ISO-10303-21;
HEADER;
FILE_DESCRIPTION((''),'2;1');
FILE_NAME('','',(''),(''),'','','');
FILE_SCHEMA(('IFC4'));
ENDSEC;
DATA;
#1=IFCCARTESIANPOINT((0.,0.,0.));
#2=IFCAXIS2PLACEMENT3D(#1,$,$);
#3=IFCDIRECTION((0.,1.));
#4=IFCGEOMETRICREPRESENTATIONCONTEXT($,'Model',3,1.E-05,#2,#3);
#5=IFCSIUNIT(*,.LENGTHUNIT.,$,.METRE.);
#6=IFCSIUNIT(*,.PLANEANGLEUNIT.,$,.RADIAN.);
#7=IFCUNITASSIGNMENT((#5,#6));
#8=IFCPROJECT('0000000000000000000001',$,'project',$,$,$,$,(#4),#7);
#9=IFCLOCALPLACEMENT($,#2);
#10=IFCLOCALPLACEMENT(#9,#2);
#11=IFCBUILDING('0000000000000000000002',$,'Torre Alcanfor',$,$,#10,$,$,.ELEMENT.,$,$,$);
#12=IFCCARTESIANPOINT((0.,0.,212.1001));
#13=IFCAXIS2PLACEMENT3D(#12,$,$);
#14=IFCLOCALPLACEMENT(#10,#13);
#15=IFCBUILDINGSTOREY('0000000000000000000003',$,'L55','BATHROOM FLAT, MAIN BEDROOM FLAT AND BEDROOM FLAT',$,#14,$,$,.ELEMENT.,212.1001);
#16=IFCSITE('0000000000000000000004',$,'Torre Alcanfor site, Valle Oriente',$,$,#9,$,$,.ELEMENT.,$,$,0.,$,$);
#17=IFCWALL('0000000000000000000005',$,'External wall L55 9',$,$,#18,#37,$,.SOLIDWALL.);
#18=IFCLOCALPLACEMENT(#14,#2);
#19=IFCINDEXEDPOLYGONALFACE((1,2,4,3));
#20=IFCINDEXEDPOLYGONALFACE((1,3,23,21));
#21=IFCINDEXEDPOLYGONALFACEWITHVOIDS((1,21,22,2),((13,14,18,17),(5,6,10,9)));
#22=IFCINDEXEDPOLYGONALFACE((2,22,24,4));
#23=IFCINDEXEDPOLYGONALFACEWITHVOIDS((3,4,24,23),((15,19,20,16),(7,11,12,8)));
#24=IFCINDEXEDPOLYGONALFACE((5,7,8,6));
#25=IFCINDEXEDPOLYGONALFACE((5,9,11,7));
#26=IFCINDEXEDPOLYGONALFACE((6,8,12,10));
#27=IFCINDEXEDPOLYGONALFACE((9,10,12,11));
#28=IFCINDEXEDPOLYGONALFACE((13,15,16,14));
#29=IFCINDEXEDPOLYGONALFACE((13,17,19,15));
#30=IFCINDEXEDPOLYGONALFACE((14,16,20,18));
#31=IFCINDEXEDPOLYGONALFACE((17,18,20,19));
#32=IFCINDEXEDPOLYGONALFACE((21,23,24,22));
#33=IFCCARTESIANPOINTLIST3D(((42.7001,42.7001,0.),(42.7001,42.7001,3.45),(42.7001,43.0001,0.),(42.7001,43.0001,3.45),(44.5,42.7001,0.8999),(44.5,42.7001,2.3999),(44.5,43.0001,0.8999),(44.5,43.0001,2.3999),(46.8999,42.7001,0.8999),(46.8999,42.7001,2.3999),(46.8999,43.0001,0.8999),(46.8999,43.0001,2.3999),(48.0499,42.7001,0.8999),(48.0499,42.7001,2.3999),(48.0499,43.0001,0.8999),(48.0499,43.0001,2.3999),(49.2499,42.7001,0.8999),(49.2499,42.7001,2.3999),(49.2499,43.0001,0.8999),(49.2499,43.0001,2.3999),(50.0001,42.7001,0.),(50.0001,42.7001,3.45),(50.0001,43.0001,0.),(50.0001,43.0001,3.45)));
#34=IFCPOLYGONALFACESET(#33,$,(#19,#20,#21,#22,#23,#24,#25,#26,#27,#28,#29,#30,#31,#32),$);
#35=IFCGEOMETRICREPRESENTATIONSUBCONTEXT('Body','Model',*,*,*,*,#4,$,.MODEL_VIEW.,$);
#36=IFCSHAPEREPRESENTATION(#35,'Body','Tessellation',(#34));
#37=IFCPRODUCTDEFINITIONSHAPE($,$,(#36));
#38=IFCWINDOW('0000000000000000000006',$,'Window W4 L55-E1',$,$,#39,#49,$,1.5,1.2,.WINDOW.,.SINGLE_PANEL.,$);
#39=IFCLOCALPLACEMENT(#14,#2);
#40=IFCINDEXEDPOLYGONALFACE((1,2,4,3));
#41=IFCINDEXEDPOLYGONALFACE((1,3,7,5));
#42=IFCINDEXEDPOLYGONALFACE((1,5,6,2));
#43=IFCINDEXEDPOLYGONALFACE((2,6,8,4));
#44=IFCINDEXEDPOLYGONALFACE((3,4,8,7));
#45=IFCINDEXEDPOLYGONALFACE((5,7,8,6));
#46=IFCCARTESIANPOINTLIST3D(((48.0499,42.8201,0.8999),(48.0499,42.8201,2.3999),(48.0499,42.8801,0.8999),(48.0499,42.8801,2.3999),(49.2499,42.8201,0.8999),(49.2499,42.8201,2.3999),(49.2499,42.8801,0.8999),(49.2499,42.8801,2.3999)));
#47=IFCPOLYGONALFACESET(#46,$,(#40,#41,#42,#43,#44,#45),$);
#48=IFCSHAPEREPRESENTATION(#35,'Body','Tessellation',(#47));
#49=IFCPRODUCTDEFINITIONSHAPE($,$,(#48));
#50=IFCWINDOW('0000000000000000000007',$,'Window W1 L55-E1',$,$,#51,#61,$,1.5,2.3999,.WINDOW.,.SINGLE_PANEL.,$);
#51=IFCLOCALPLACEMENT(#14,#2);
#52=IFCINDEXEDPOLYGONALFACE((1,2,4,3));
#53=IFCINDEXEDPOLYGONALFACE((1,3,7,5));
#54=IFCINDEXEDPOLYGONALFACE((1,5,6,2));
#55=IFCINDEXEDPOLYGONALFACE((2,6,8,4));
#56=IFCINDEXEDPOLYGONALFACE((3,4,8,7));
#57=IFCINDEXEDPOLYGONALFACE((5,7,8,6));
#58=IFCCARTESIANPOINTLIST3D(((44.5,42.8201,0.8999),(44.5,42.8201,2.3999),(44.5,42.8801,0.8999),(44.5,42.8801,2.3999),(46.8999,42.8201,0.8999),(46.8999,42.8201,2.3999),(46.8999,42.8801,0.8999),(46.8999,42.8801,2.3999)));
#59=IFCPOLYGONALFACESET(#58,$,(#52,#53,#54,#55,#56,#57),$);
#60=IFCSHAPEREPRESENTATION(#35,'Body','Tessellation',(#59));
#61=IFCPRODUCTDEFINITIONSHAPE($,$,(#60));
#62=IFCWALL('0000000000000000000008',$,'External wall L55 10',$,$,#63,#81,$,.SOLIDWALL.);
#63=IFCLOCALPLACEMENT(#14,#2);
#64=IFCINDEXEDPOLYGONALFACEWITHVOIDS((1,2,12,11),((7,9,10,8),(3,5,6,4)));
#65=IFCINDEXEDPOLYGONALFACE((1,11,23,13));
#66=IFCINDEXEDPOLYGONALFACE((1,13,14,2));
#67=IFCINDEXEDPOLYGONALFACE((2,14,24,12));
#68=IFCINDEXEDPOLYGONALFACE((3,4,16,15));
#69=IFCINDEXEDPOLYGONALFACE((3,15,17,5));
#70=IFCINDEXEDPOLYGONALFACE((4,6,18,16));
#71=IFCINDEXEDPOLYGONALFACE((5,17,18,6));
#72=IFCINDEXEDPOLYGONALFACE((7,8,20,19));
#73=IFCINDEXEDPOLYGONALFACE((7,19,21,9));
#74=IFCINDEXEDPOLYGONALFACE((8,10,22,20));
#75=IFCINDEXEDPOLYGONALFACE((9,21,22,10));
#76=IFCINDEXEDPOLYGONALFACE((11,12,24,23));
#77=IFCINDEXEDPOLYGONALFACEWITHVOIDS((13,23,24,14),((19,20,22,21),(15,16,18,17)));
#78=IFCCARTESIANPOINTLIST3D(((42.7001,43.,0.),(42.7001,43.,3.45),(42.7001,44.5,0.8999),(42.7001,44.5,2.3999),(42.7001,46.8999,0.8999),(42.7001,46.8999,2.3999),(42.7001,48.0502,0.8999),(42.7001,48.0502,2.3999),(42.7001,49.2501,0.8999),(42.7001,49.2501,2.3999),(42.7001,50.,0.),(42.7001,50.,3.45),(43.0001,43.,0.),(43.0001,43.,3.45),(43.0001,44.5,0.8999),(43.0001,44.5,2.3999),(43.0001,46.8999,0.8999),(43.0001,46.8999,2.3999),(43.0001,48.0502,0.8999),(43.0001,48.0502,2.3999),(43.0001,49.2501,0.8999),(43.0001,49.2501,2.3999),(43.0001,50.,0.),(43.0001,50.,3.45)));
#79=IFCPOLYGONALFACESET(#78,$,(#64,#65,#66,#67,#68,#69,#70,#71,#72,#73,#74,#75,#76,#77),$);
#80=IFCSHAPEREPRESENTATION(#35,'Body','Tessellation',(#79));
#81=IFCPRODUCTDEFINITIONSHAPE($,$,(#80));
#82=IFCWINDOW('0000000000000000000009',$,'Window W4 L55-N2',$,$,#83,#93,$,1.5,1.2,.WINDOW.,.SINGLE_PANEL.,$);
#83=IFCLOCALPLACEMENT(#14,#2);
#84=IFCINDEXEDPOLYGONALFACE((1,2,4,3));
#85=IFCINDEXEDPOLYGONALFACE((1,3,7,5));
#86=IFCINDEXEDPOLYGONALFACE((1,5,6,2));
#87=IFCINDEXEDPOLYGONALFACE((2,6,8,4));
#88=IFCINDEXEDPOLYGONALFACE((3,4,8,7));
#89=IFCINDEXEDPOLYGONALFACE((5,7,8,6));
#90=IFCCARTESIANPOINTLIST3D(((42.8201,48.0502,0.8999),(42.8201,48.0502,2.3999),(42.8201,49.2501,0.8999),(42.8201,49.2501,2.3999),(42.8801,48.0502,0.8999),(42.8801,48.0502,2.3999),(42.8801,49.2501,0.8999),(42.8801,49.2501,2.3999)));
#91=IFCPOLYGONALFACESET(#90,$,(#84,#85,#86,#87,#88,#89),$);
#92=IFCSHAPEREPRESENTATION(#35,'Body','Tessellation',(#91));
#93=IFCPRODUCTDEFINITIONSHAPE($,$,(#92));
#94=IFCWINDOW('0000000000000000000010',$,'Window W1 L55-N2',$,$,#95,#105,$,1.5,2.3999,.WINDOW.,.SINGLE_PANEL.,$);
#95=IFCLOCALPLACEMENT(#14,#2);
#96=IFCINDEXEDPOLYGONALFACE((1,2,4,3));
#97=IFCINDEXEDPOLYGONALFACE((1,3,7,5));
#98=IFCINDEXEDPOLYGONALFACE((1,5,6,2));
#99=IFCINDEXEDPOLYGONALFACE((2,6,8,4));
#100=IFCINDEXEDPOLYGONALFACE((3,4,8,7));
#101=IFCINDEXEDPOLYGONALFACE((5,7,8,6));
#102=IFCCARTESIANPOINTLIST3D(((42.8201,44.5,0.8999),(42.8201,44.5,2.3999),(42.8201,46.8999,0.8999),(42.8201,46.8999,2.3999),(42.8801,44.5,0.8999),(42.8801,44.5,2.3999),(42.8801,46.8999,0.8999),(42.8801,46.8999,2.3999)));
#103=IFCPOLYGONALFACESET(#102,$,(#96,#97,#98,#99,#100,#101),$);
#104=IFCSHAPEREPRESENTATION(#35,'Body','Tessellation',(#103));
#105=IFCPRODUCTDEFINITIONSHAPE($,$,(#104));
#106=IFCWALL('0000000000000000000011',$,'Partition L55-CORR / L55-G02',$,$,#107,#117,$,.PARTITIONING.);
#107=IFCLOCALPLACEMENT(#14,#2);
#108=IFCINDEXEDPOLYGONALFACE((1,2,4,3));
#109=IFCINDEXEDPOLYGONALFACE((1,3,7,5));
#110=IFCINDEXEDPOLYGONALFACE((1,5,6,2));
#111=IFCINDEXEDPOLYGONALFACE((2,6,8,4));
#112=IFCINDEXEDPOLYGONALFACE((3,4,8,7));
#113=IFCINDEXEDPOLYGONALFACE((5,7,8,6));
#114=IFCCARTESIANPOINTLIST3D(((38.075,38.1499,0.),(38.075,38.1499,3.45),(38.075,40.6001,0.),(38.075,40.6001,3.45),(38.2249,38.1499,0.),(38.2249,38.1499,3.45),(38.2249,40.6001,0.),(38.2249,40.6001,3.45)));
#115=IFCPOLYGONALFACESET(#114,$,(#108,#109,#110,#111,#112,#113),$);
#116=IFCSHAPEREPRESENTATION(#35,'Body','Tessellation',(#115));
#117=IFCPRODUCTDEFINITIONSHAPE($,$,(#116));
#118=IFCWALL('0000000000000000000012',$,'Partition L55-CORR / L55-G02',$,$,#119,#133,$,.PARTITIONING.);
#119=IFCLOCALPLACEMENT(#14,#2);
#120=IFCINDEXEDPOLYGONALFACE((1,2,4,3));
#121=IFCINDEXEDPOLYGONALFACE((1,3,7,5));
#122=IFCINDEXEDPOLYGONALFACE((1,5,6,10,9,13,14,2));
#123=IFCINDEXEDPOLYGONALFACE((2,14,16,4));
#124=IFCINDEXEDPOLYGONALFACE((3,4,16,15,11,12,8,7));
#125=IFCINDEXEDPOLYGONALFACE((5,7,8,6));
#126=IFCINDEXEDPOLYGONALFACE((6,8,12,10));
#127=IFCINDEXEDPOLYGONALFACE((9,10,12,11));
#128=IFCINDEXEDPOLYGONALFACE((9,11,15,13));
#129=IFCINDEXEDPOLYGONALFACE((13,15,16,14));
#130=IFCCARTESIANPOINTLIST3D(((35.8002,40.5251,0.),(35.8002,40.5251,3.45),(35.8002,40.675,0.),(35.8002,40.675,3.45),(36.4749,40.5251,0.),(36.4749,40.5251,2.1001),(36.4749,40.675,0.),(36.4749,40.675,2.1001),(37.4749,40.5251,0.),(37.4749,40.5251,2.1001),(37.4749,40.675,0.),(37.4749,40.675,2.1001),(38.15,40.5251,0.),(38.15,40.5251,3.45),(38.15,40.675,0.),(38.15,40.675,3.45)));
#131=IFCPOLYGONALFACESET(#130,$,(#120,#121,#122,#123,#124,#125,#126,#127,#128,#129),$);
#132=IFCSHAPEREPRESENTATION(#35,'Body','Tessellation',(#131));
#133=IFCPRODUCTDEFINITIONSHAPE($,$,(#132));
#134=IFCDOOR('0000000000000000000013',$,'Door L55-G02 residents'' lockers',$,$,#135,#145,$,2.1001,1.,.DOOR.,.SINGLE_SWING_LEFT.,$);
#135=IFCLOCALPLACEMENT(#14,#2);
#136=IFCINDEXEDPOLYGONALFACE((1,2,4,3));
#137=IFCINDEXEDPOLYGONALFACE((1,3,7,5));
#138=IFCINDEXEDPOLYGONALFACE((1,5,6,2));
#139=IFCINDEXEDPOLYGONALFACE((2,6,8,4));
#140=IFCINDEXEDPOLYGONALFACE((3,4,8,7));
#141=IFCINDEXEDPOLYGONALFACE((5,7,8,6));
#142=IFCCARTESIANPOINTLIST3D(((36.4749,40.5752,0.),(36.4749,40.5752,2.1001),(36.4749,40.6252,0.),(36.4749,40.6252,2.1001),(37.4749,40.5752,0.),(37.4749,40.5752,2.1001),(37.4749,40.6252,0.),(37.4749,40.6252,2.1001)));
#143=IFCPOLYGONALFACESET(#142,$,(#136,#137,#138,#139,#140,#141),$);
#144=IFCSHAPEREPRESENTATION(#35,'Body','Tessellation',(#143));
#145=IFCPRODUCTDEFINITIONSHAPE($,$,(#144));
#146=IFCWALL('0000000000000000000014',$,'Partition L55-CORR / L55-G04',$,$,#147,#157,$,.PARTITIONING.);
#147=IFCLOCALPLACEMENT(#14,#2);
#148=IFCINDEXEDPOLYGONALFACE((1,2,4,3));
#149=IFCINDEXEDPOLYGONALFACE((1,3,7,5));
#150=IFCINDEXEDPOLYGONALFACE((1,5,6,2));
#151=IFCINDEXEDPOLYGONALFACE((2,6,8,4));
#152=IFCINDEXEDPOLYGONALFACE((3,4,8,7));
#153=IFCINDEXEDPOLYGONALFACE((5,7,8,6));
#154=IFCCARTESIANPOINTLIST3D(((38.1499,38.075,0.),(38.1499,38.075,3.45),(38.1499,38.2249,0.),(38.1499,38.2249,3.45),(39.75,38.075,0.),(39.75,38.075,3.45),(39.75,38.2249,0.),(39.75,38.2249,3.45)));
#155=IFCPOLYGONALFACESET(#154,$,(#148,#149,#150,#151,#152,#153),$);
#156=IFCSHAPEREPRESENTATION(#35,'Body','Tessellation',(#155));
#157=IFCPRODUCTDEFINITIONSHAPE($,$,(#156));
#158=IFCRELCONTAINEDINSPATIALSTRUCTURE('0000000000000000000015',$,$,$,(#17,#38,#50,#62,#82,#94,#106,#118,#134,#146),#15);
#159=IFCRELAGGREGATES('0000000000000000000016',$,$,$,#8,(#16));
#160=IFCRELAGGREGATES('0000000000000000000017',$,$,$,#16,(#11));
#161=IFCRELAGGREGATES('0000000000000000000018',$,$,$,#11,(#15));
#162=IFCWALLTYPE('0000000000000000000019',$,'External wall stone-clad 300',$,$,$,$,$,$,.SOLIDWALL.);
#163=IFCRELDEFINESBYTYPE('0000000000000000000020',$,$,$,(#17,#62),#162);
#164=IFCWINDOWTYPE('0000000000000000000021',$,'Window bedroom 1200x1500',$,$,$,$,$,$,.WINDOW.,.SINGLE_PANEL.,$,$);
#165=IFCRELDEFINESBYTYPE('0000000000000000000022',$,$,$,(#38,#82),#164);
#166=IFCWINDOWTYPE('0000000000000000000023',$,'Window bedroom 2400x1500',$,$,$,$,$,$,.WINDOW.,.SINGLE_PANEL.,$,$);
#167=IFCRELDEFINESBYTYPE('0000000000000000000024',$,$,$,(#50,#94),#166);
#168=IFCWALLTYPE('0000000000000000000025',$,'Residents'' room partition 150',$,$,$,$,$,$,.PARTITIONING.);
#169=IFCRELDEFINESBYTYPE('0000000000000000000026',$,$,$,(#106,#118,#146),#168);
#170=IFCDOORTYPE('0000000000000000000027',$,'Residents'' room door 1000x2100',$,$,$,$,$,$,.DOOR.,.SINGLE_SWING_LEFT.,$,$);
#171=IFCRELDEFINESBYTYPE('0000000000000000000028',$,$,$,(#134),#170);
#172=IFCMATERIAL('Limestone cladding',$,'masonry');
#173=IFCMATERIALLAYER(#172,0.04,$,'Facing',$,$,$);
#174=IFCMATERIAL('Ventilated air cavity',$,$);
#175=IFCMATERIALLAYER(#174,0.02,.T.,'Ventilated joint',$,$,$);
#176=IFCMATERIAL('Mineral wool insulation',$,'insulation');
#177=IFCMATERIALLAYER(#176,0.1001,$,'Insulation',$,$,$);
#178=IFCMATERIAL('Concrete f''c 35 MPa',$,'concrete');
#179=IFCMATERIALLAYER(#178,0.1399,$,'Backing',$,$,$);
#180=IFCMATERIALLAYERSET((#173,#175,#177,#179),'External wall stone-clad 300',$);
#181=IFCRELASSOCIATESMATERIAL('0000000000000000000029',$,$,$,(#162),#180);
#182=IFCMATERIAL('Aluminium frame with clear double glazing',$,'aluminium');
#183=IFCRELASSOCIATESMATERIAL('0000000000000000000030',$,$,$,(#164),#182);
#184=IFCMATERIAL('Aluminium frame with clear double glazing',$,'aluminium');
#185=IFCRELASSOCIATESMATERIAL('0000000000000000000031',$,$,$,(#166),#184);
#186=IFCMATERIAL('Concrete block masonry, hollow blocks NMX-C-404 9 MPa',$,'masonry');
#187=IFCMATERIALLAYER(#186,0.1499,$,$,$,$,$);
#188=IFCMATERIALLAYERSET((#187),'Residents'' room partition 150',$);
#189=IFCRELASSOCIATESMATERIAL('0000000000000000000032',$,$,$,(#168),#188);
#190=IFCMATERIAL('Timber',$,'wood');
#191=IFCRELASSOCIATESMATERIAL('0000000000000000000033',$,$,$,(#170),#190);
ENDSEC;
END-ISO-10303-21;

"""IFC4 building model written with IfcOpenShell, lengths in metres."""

from ifc_helpers import new_model, si_unit, direction, frame, frame_2d, origin, place, context, subcontext, project, spatial, rectangle, extrude, material, layer, layer_set, type_object, element, fill, save


model = new_model("IFC4")

# Units and contexts
model_context = context("Model", 3, precision=1e-05, world=origin(), true_north=direction((0.0, 1.0)))
body_context = subcontext(model_context, "Body", "Model", "MODEL_VIEW")
ifc_project = project(units=[si_unit("LENGTHUNIT", "METRE"), si_unit("PLANEANGLEUNIT", "RADIAN")], contexts=[model_context])

# Site, building, storey
site_placement = place(None, origin())
site = spatial("IfcSite", under=ifc_project, at=site_placement, Name="Torre Alcanfor site, Valle Oriente", CompositionType="ELEMENT", RefElevation=0.0)
building_placement = place(site_placement, origin())
building = spatial("IfcBuilding", under=site, at=building_placement, Name="Torre Alcanfor", CompositionType="ELEMENT")
storey_placement = place(building_placement, frame((0.0, 0.0, 212.1001)))
storey = spatial("IfcBuildingStorey", under=building, at=storey_placement, Name="L55", Description="BATHROOM FLAT, MAIN BEDROOM FLAT AND BEDROOM FLAT", CompositionType="ELEMENT", Elevation=212.1001)

# Walls, openings, windows
ifc_material_1 = material(Name="Limestone cladding", Category="masonry")
ifc_layer_1 = layer(ifc_material_1, 0.04, Name="Facing")
ifc_material_2 = material(Name="Ventilated air cavity")
ifc_layer_2 = layer(ifc_material_2, 0.02, ventilated=True, Name="Ventilated joint")
ifc_material_3 = material(Name="Mineral wool insulation", Category="insulation")
ifc_layer_3 = layer(ifc_material_3, 0.1001, Name="Insulation")
ifc_material_4 = material(Name="Concrete f'c 35 MPa", Category="concrete")
ifc_layer_4 = layer(ifc_material_4, 0.1399, Name="Backing")
ifc_layer_set_1 = layer_set([ifc_layer_1, ifc_layer_2, ifc_layer_3, ifc_layer_4], Name="External wall stone-clad 300")
wall_type_1 = type_object("IfcWallType", Name="External wall stone-clad 300", PredefinedType="SOLIDWALL", material=ifc_layer_set_1)
wall_1_placement = place(storey_placement, frame((50.0, 42.8501, 0.0), z_axis=(0.0, 0.0, 1.0), x_axis=(-1.0, 0.0, 0.0)))
wall_1 = element("IfcWall", 1, at=wall_1_placement, inside=storey, type_object=wall_type_1, Name="External wall L55 9", PredefinedType="SOLIDWALL", context=body_context, shape_type="SweptSolid", body=[
    extrude(rectangle(XDim=7.3, YDim=0.3, at=frame_2d((3.6499, 0.0))), origin(), (0.0, 0.0, 1.0), 3.45),
])
opening_1_placement = place(wall_1_placement, frame((3.1001, 0.0, 0.8999)))
opening_1 = element("IfcOpeningElement", 2, at=opening_1_placement, cuts=wall_1, PredefinedType="OPENING", context=body_context, shape_type="SweptSolid", body=[
    extrude(rectangle(XDim=2.3999, YDim=1.5, at=frame_2d((1.2, 0.75))), frame((0.0, 0.1599, 0.0), z_axis=(0.0, -1.0, 0.0), x_axis=(1.0, 0.0, 0.0)), (0.0, 0.0, 1.0), 0.3201),
])
opening_2_placement = place(wall_1_placement, frame((0.75, 0.0, 0.8999)))
opening_2 = element("IfcOpeningElement", 3, at=opening_2_placement, cuts=wall_1, PredefinedType="OPENING", context=body_context, shape_type="SweptSolid", body=[
    extrude(rectangle(XDim=1.2, YDim=1.5, at=frame_2d((0.6001, 0.75))), frame((0.0, 0.1599, 0.0), z_axis=(0.0, -1.0, 0.0), x_axis=(1.0, 0.0, 0.0)), (0.0, 0.0, 1.0), 0.3201),
])
ifc_material_5 = material(Name="Aluminium frame with clear double glazing", Category="aluminium")
window_type_1 = type_object("IfcWindowType", Name="Window bedroom 1200x1500", PartitioningType="SINGLE_PANEL", PredefinedType="WINDOW", material=ifc_material_5)
window_1_placement = place(opening_2_placement, origin())
window_1 = element("IfcWindow", 4, at=window_1_placement, inside=storey, type_object=window_type_1, Name="Window W4 L55-E1", OverallHeight=1.5, OverallWidth=1.2, PartitioningType="SINGLE_PANEL", PredefinedType="WINDOW", context=body_context, shape_type="SweptSolid", body=[
    extrude(rectangle(XDim=1.2, YDim=1.5, at=frame_2d((0.6001, 0.75))), frame((0.0, 0.03, 0.0), z_axis=(0.0, -1.0, 0.0), x_axis=(1.0, 0.0, 0.0)), (0.0, 0.0, 1.0), 0.0601),
])
fill(opening_2, window_1)
ifc_material_6 = material(Name="Aluminium frame with clear double glazing", Category="aluminium")
window_type_2 = type_object("IfcWindowType", Name="Window bedroom 2400x1500", PartitioningType="SINGLE_PANEL", PredefinedType="WINDOW", material=ifc_material_6)
window_2_placement = place(opening_1_placement, origin())
window_2 = element("IfcWindow", 5, at=window_2_placement, inside=storey, type_object=window_type_2, Name="Window W1 L55-E1", OverallHeight=1.5, OverallWidth=2.3999, PartitioningType="SINGLE_PANEL", PredefinedType="WINDOW", context=body_context, shape_type="SweptSolid", body=[
    extrude(rectangle(XDim=2.3999, YDim=1.5, at=frame_2d((1.2, 0.75))), frame((0.0, 0.03, 0.0), z_axis=(0.0, -1.0, 0.0), x_axis=(1.0, 0.0, 0.0)), (0.0, 0.0, 1.0), 0.0601),
])
fill(opening_1, window_2)
wall_2_placement = place(storey_placement, frame((42.8501, 43.0, 0.0), z_axis=(0.0, 0.0, 1.0), x_axis=(0.0, 1.0, 0.0)))
wall_2 = element("IfcWall", 6, at=wall_2_placement, inside=storey, type_object=wall_type_1, Name="External wall L55 10", PredefinedType="SOLIDWALL", context=body_context, shape_type="SweptSolid", body=[
    extrude(rectangle(XDim=7.0, YDim=0.3, at=frame_2d((3.5, 0.0))), origin(), (0.0, 0.0, 1.0), 3.45),
])
opening_3_placement = place(wall_2_placement, frame((1.5, 0.0, 0.8999)))
opening_3 = element("IfcOpeningElement", 7, at=opening_3_placement, cuts=wall_2, PredefinedType="OPENING", context=body_context, shape_type="SweptSolid", body=[
    extrude(rectangle(XDim=2.3999, YDim=1.5, at=frame_2d((1.2, 0.75))), frame((0.0, 0.1599, 0.0), z_axis=(0.0, -1.0, 0.0), x_axis=(1.0, 0.0, 0.0)), (0.0, 0.0, 1.0), 0.3201),
])
opening_4_placement = place(wall_2_placement, frame((5.05, 0.0, 0.8999)))
opening_4 = element("IfcOpeningElement", 8, at=opening_4_placement, cuts=wall_2, PredefinedType="OPENING", context=body_context, shape_type="SweptSolid", body=[
    extrude(rectangle(XDim=1.2, YDim=1.5, at=frame_2d((0.6001, 0.75))), frame((0.0, 0.1599, 0.0), z_axis=(0.0, -1.0, 0.0), x_axis=(1.0, 0.0, 0.0)), (0.0, 0.0, 1.0), 0.3201),
])
window_3_placement = place(opening_4_placement, origin())
window_3 = element("IfcWindow", 9, at=window_3_placement, inside=storey, type_object=window_type_1, Name="Window W4 L55-N2", OverallHeight=1.5, OverallWidth=1.2, PartitioningType="SINGLE_PANEL", PredefinedType="WINDOW", context=body_context, shape_type="SweptSolid", body=[
    extrude(rectangle(XDim=1.2, YDim=1.5, at=frame_2d((0.6001, 0.75))), frame((0.0, 0.03, 0.0), z_axis=(0.0, -1.0, 0.0), x_axis=(1.0, 0.0, 0.0)), (0.0, 0.0, 1.0), 0.0601),
])
fill(opening_4, window_3)
window_4_placement = place(opening_3_placement, origin())
window_4 = element("IfcWindow", 10, at=window_4_placement, inside=storey, type_object=window_type_2, Name="Window W1 L55-N2", OverallHeight=1.5, OverallWidth=2.3999, PartitioningType="SINGLE_PANEL", PredefinedType="WINDOW", context=body_context, shape_type="SweptSolid", body=[
    extrude(rectangle(XDim=2.3999, YDim=1.5, at=frame_2d((1.2, 0.75))), frame((0.0, 0.03, 0.0), z_axis=(0.0, -1.0, 0.0), x_axis=(1.0, 0.0, 0.0)), (0.0, 0.0, 1.0), 0.0601),
])
fill(opening_3, window_4)

# Wall
ifc_material_7 = material(Name="Concrete block masonry, hollow blocks NMX-C-404 9 MPa", Category="masonry")
ifc_layer_5 = layer(ifc_material_7, 0.1499)
ifc_layer_set_2 = layer_set([ifc_layer_5], Name="Residents' room partition 150")
wall_type_2 = type_object("IfcWallType", Name="Residents' room partition 150", PredefinedType="PARTITIONING", material=ifc_layer_set_2)
wall_3_placement = place(storey_placement, frame((38.1499, 38.1499, 0.0), z_axis=(0.0, 0.0, 1.0), x_axis=(0.0, 1.0, 0.0)))
element("IfcWall", 11, at=wall_3_placement, inside=storey, type_object=wall_type_2, Name="Partition L55-CORR / L55-G02", PredefinedType="PARTITIONING", context=body_context, shape_type="SweptSolid", body=[
    extrude(rectangle(XDim=2.4502, YDim=0.1499, at=frame_2d((1.2251, 0.0))), origin(), (0.0, 0.0, 1.0), 3.45),
])

# Wall, opening, door
wall_4_placement = place(storey_placement, frame((38.1499, 40.6001, 0.0), z_axis=(0.0, 0.0, 1.0), x_axis=(-1.0, 0.0, 0.0)))
wall_4 = element("IfcWall", 12, at=wall_4_placement, inside=storey, type_object=wall_type_2, Name="Partition L55-CORR / L55-G02", PredefinedType="PARTITIONING", context=body_context, shape_type="SweptSolid", body=[
    extrude(rectangle(XDim=2.3499, YDim=0.1499, at=frame_2d((1.1748, 0.0))), origin(), (0.0, 0.0, 1.0), 3.45),
])
opening_5_placement = place(wall_4_placement, frame((0.675, 0.0, 0.0)))
opening_5 = element("IfcOpeningElement", 13, at=opening_5_placement, cuts=wall_4, PredefinedType="OPENING", context=body_context, shape_type="SweptSolid", body=[
    extrude(rectangle(XDim=1.0, YDim=2.1001, at=frame_2d((0.5, 1.05))), frame((0.0, 0.085, 0.0), z_axis=(0.0, -1.0, 0.0), x_axis=(1.0, 0.0, 0.0)), (0.0, 0.0, 1.0), 0.1699),
])
ifc_material_8 = material(Name="Timber", Category="wood")
door_type = type_object("IfcDoorType", Name="Residents' room door 1000x2100", OperationType="SINGLE_SWING_LEFT", PredefinedType="DOOR", material=ifc_material_8)
door_placement = place(opening_5_placement, origin())
door = element("IfcDoor", 14, at=door_placement, inside=storey, type_object=door_type, Name="Door L55-G02 residents' lockers", OperationType="SINGLE_SWING_LEFT", OverallHeight=2.1001, OverallWidth=1.0, PredefinedType="DOOR", context=body_context, shape_type="SweptSolid", body=[
    extrude(rectangle(XDim=1.0, YDim=2.1001, at=frame_2d((0.5, 1.05))), frame((0.0, 0.0249, 0.0), z_axis=(0.0, -1.0, 0.0), x_axis=(1.0, 0.0, 0.0)), (0.0, 0.0, 1.0), 0.05),
])
fill(opening_5, door)

# Wall
wall_5_placement = place(storey_placement, frame((39.75, 38.1499, 0.0), z_axis=(0.0, 0.0, 1.0), x_axis=(-1.0, 0.0, 0.0)))
element("IfcWall", 15, at=wall_5_placement, inside=storey, type_object=wall_type_2, Name="Partition L55-CORR / L55-G04", PredefinedType="PARTITIONING", context=body_context, shape_type="SweptSolid", body=[
    extrude(rectangle(XDim=1.6001, YDim=0.1499, at=frame_2d((0.8, 0.0))), origin(), (0.0, 0.0, 1.0), 3.45),
])

save(model, "model.ifc")
